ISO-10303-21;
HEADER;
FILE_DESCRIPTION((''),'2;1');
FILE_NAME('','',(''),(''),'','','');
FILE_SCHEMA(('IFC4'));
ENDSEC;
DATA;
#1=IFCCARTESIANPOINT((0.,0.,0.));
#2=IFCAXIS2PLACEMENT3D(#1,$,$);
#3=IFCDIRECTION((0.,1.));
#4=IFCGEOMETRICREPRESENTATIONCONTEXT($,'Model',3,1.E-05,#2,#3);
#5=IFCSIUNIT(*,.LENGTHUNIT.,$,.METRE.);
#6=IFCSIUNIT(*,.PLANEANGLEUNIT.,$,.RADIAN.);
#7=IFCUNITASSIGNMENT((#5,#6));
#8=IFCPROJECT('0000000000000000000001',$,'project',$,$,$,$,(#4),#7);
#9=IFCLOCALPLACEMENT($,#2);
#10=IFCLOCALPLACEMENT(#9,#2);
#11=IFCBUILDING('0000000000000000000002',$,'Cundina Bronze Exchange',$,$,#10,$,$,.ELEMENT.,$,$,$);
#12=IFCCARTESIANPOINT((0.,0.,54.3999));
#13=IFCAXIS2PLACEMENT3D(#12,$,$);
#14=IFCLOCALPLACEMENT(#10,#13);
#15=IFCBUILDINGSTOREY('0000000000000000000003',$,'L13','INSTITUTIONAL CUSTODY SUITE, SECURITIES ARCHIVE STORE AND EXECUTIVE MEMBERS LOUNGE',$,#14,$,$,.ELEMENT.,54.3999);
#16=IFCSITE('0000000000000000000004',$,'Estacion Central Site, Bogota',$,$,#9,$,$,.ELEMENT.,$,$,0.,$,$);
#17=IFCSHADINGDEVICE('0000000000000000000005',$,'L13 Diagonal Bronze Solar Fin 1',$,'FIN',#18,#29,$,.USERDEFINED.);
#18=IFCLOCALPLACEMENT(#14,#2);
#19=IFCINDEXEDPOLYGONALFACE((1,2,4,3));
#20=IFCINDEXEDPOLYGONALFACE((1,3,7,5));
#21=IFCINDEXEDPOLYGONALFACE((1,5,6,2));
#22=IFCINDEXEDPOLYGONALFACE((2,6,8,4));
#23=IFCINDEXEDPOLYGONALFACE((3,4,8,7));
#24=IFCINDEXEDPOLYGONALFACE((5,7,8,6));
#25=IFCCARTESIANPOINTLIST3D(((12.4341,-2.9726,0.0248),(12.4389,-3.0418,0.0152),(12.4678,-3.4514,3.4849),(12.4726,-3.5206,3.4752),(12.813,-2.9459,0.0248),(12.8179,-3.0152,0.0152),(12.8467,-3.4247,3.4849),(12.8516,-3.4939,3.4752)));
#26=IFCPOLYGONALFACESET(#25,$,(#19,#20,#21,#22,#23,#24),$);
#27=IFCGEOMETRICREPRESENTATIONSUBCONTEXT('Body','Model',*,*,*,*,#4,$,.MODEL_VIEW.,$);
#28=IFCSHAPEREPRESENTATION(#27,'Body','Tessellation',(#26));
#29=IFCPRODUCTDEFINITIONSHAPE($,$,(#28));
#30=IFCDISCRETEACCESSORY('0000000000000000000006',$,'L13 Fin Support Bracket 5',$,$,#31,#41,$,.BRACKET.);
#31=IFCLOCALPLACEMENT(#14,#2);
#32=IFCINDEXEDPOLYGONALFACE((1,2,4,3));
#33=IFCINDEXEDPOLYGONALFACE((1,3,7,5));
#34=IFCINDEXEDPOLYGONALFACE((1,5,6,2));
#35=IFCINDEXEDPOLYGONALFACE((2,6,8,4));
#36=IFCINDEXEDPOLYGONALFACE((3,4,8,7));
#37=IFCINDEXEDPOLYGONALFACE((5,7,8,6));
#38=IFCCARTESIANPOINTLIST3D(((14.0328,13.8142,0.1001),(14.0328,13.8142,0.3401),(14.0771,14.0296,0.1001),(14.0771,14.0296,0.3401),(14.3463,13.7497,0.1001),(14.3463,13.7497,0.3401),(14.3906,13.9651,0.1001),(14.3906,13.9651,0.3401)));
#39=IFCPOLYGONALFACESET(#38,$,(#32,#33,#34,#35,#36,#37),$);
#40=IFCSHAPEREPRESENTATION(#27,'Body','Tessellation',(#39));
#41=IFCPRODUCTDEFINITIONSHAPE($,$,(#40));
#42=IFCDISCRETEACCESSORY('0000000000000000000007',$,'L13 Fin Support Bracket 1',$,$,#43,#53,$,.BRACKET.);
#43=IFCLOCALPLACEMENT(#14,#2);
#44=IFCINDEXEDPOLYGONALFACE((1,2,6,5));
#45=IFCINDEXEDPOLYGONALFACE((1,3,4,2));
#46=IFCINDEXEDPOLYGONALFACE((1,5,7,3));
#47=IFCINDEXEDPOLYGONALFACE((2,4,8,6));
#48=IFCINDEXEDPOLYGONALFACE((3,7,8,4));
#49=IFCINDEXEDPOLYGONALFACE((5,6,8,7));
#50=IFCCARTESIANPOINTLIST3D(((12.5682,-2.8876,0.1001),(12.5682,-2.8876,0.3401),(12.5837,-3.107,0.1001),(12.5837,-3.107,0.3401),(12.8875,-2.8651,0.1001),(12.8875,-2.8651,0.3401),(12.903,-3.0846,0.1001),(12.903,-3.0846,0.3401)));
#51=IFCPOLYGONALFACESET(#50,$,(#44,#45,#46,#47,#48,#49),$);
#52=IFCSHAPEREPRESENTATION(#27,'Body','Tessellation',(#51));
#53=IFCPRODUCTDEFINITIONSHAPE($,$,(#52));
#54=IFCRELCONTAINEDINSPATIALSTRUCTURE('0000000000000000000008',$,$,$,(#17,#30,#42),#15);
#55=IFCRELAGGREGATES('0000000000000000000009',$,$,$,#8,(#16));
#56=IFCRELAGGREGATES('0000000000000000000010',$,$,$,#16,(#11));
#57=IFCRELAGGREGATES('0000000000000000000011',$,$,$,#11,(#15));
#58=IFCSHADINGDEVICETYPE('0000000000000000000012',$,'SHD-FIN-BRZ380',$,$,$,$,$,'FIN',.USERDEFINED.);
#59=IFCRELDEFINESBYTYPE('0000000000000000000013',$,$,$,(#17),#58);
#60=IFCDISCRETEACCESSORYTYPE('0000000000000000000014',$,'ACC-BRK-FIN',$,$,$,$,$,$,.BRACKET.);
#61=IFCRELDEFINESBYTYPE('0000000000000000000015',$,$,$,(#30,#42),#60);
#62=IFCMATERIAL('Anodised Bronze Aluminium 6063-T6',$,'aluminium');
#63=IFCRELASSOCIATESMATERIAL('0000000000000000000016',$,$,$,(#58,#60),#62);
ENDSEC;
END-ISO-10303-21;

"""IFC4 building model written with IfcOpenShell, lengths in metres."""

from ifc_helpers import new_model, si_unit, direction, frame, origin, origin_2d, place, context, subcontext, project, spatial, rectangle, extrude, material, material_profile, profile_set, type_object, element, save


model = new_model("IFC4")

# Units and contexts
model_context = context("Model", 3, precision=1e-05, world=origin(), true_north=direction((0.0, 1.0)))
body_context = subcontext(model_context, "Body", "Model", "MODEL_VIEW")
ifc_project = project(units=[si_unit("LENGTHUNIT", "METRE"), si_unit("PLANEANGLEUNIT", "RADIAN")], contexts=[model_context])

# Site, building, storey
site_placement = place(None, origin())
site = spatial("IfcSite", under=ifc_project, at=site_placement, Name="Estacion Central Site, Bogota", CompositionType="ELEMENT", RefElevation=0.0)
building_placement = place(site_placement, origin())
building = spatial("IfcBuilding", under=site, at=building_placement, Name="Cundina Bronze Exchange", CompositionType="ELEMENT")
storey_placement = place(building_placement, frame((0.0, 0.0, 54.3999)))
storey = spatial("IfcBuildingStorey", under=building, at=storey_placement, Name="L13", Description="INSTITUTIONAL CUSTODY SUITE, SECURITIES ARCHIVE STORE AND EXECUTIVE MEMBERS LOUNGE", CompositionType="ELEMENT", Elevation=54.3999)

# Shared definitions
ifc_material_1 = material(Name="Anodised Bronze Aluminium 6063-T6", Category="aluminium")

# Shading device
ifc_material_profile_1 = material_profile(ifc_material_1, rectangle(XDim=0.0701, YDim=0.3799, at=origin_2d()), Name="FIN70X380", Category="aluminium")
ifc_profile_set_1 = profile_set([ifc_material_profile_1], Name="Anodised Bronze Aluminium 6063-T6")
shading_device_type = type_object("IfcShadingDeviceType", Name="SHD-FIN-BRZ380", ElementType="FIN", PredefinedType="USERDEFINED", material=ifc_profile_set_1)
for number, where, z_axis, x_axis, name in (
    (1, (12.626, -2.9939, 0.02), (0.009645, -0.137059, 0.990516), (-0.069533, 0.988072, 0.137398), "L13 Diagonal Bronze Solar Fin 1"),
):
    element("IfcShadingDevice", number, at=place(storey_placement, frame(where, z_axis=z_axis, x_axis=x_axis)), inside=storey, type_object=shading_device_type, Name=name, ObjectType="FIN", PredefinedType="USERDEFINED", context=body_context, shape_type="SweptSolid", body=[
        extrude(rectangle(XDim=0.0701, YDim=0.3799, at=origin_2d()), origin(), (0.0, 0.0, 1.0), 3.4932),
    ])

# Discrete accessories
discrete_accessory_type = type_object("IfcDiscreteAccessoryType", Name="ACC-BRK-FIN", PredefinedType="BRACKET", material=ifc_material_1)
for number, where, z_axis, x_axis, name in (
    (2, (14.2117, 13.8896, 0.1001), (0.0, 0.0, 1.0), (-0.20142, -0.979505, 0.0), "L13 Fin Support Bracket 5"),
    (3, (12.7356, -2.9861, 0.1001), (0.0, 0.0, 1.0), (0.070279, -0.997527, 0.0), "L13 Fin Support Bracket 1"),
):
    element("IfcDiscreteAccessory", number, at=place(storey_placement, frame(where, z_axis=z_axis, x_axis=x_axis)), inside=storey, type_object=discrete_accessory_type, Name=name, PredefinedType="BRACKET", context=body_context, shape_type="SweptSolid", body=[
        extrude(rectangle(XDim=0.22, YDim=0.3201, at=origin_2d()), origin(), (0.0, 0.0, 1.0), 0.24),
    ])

save(model, "model.ifc")
